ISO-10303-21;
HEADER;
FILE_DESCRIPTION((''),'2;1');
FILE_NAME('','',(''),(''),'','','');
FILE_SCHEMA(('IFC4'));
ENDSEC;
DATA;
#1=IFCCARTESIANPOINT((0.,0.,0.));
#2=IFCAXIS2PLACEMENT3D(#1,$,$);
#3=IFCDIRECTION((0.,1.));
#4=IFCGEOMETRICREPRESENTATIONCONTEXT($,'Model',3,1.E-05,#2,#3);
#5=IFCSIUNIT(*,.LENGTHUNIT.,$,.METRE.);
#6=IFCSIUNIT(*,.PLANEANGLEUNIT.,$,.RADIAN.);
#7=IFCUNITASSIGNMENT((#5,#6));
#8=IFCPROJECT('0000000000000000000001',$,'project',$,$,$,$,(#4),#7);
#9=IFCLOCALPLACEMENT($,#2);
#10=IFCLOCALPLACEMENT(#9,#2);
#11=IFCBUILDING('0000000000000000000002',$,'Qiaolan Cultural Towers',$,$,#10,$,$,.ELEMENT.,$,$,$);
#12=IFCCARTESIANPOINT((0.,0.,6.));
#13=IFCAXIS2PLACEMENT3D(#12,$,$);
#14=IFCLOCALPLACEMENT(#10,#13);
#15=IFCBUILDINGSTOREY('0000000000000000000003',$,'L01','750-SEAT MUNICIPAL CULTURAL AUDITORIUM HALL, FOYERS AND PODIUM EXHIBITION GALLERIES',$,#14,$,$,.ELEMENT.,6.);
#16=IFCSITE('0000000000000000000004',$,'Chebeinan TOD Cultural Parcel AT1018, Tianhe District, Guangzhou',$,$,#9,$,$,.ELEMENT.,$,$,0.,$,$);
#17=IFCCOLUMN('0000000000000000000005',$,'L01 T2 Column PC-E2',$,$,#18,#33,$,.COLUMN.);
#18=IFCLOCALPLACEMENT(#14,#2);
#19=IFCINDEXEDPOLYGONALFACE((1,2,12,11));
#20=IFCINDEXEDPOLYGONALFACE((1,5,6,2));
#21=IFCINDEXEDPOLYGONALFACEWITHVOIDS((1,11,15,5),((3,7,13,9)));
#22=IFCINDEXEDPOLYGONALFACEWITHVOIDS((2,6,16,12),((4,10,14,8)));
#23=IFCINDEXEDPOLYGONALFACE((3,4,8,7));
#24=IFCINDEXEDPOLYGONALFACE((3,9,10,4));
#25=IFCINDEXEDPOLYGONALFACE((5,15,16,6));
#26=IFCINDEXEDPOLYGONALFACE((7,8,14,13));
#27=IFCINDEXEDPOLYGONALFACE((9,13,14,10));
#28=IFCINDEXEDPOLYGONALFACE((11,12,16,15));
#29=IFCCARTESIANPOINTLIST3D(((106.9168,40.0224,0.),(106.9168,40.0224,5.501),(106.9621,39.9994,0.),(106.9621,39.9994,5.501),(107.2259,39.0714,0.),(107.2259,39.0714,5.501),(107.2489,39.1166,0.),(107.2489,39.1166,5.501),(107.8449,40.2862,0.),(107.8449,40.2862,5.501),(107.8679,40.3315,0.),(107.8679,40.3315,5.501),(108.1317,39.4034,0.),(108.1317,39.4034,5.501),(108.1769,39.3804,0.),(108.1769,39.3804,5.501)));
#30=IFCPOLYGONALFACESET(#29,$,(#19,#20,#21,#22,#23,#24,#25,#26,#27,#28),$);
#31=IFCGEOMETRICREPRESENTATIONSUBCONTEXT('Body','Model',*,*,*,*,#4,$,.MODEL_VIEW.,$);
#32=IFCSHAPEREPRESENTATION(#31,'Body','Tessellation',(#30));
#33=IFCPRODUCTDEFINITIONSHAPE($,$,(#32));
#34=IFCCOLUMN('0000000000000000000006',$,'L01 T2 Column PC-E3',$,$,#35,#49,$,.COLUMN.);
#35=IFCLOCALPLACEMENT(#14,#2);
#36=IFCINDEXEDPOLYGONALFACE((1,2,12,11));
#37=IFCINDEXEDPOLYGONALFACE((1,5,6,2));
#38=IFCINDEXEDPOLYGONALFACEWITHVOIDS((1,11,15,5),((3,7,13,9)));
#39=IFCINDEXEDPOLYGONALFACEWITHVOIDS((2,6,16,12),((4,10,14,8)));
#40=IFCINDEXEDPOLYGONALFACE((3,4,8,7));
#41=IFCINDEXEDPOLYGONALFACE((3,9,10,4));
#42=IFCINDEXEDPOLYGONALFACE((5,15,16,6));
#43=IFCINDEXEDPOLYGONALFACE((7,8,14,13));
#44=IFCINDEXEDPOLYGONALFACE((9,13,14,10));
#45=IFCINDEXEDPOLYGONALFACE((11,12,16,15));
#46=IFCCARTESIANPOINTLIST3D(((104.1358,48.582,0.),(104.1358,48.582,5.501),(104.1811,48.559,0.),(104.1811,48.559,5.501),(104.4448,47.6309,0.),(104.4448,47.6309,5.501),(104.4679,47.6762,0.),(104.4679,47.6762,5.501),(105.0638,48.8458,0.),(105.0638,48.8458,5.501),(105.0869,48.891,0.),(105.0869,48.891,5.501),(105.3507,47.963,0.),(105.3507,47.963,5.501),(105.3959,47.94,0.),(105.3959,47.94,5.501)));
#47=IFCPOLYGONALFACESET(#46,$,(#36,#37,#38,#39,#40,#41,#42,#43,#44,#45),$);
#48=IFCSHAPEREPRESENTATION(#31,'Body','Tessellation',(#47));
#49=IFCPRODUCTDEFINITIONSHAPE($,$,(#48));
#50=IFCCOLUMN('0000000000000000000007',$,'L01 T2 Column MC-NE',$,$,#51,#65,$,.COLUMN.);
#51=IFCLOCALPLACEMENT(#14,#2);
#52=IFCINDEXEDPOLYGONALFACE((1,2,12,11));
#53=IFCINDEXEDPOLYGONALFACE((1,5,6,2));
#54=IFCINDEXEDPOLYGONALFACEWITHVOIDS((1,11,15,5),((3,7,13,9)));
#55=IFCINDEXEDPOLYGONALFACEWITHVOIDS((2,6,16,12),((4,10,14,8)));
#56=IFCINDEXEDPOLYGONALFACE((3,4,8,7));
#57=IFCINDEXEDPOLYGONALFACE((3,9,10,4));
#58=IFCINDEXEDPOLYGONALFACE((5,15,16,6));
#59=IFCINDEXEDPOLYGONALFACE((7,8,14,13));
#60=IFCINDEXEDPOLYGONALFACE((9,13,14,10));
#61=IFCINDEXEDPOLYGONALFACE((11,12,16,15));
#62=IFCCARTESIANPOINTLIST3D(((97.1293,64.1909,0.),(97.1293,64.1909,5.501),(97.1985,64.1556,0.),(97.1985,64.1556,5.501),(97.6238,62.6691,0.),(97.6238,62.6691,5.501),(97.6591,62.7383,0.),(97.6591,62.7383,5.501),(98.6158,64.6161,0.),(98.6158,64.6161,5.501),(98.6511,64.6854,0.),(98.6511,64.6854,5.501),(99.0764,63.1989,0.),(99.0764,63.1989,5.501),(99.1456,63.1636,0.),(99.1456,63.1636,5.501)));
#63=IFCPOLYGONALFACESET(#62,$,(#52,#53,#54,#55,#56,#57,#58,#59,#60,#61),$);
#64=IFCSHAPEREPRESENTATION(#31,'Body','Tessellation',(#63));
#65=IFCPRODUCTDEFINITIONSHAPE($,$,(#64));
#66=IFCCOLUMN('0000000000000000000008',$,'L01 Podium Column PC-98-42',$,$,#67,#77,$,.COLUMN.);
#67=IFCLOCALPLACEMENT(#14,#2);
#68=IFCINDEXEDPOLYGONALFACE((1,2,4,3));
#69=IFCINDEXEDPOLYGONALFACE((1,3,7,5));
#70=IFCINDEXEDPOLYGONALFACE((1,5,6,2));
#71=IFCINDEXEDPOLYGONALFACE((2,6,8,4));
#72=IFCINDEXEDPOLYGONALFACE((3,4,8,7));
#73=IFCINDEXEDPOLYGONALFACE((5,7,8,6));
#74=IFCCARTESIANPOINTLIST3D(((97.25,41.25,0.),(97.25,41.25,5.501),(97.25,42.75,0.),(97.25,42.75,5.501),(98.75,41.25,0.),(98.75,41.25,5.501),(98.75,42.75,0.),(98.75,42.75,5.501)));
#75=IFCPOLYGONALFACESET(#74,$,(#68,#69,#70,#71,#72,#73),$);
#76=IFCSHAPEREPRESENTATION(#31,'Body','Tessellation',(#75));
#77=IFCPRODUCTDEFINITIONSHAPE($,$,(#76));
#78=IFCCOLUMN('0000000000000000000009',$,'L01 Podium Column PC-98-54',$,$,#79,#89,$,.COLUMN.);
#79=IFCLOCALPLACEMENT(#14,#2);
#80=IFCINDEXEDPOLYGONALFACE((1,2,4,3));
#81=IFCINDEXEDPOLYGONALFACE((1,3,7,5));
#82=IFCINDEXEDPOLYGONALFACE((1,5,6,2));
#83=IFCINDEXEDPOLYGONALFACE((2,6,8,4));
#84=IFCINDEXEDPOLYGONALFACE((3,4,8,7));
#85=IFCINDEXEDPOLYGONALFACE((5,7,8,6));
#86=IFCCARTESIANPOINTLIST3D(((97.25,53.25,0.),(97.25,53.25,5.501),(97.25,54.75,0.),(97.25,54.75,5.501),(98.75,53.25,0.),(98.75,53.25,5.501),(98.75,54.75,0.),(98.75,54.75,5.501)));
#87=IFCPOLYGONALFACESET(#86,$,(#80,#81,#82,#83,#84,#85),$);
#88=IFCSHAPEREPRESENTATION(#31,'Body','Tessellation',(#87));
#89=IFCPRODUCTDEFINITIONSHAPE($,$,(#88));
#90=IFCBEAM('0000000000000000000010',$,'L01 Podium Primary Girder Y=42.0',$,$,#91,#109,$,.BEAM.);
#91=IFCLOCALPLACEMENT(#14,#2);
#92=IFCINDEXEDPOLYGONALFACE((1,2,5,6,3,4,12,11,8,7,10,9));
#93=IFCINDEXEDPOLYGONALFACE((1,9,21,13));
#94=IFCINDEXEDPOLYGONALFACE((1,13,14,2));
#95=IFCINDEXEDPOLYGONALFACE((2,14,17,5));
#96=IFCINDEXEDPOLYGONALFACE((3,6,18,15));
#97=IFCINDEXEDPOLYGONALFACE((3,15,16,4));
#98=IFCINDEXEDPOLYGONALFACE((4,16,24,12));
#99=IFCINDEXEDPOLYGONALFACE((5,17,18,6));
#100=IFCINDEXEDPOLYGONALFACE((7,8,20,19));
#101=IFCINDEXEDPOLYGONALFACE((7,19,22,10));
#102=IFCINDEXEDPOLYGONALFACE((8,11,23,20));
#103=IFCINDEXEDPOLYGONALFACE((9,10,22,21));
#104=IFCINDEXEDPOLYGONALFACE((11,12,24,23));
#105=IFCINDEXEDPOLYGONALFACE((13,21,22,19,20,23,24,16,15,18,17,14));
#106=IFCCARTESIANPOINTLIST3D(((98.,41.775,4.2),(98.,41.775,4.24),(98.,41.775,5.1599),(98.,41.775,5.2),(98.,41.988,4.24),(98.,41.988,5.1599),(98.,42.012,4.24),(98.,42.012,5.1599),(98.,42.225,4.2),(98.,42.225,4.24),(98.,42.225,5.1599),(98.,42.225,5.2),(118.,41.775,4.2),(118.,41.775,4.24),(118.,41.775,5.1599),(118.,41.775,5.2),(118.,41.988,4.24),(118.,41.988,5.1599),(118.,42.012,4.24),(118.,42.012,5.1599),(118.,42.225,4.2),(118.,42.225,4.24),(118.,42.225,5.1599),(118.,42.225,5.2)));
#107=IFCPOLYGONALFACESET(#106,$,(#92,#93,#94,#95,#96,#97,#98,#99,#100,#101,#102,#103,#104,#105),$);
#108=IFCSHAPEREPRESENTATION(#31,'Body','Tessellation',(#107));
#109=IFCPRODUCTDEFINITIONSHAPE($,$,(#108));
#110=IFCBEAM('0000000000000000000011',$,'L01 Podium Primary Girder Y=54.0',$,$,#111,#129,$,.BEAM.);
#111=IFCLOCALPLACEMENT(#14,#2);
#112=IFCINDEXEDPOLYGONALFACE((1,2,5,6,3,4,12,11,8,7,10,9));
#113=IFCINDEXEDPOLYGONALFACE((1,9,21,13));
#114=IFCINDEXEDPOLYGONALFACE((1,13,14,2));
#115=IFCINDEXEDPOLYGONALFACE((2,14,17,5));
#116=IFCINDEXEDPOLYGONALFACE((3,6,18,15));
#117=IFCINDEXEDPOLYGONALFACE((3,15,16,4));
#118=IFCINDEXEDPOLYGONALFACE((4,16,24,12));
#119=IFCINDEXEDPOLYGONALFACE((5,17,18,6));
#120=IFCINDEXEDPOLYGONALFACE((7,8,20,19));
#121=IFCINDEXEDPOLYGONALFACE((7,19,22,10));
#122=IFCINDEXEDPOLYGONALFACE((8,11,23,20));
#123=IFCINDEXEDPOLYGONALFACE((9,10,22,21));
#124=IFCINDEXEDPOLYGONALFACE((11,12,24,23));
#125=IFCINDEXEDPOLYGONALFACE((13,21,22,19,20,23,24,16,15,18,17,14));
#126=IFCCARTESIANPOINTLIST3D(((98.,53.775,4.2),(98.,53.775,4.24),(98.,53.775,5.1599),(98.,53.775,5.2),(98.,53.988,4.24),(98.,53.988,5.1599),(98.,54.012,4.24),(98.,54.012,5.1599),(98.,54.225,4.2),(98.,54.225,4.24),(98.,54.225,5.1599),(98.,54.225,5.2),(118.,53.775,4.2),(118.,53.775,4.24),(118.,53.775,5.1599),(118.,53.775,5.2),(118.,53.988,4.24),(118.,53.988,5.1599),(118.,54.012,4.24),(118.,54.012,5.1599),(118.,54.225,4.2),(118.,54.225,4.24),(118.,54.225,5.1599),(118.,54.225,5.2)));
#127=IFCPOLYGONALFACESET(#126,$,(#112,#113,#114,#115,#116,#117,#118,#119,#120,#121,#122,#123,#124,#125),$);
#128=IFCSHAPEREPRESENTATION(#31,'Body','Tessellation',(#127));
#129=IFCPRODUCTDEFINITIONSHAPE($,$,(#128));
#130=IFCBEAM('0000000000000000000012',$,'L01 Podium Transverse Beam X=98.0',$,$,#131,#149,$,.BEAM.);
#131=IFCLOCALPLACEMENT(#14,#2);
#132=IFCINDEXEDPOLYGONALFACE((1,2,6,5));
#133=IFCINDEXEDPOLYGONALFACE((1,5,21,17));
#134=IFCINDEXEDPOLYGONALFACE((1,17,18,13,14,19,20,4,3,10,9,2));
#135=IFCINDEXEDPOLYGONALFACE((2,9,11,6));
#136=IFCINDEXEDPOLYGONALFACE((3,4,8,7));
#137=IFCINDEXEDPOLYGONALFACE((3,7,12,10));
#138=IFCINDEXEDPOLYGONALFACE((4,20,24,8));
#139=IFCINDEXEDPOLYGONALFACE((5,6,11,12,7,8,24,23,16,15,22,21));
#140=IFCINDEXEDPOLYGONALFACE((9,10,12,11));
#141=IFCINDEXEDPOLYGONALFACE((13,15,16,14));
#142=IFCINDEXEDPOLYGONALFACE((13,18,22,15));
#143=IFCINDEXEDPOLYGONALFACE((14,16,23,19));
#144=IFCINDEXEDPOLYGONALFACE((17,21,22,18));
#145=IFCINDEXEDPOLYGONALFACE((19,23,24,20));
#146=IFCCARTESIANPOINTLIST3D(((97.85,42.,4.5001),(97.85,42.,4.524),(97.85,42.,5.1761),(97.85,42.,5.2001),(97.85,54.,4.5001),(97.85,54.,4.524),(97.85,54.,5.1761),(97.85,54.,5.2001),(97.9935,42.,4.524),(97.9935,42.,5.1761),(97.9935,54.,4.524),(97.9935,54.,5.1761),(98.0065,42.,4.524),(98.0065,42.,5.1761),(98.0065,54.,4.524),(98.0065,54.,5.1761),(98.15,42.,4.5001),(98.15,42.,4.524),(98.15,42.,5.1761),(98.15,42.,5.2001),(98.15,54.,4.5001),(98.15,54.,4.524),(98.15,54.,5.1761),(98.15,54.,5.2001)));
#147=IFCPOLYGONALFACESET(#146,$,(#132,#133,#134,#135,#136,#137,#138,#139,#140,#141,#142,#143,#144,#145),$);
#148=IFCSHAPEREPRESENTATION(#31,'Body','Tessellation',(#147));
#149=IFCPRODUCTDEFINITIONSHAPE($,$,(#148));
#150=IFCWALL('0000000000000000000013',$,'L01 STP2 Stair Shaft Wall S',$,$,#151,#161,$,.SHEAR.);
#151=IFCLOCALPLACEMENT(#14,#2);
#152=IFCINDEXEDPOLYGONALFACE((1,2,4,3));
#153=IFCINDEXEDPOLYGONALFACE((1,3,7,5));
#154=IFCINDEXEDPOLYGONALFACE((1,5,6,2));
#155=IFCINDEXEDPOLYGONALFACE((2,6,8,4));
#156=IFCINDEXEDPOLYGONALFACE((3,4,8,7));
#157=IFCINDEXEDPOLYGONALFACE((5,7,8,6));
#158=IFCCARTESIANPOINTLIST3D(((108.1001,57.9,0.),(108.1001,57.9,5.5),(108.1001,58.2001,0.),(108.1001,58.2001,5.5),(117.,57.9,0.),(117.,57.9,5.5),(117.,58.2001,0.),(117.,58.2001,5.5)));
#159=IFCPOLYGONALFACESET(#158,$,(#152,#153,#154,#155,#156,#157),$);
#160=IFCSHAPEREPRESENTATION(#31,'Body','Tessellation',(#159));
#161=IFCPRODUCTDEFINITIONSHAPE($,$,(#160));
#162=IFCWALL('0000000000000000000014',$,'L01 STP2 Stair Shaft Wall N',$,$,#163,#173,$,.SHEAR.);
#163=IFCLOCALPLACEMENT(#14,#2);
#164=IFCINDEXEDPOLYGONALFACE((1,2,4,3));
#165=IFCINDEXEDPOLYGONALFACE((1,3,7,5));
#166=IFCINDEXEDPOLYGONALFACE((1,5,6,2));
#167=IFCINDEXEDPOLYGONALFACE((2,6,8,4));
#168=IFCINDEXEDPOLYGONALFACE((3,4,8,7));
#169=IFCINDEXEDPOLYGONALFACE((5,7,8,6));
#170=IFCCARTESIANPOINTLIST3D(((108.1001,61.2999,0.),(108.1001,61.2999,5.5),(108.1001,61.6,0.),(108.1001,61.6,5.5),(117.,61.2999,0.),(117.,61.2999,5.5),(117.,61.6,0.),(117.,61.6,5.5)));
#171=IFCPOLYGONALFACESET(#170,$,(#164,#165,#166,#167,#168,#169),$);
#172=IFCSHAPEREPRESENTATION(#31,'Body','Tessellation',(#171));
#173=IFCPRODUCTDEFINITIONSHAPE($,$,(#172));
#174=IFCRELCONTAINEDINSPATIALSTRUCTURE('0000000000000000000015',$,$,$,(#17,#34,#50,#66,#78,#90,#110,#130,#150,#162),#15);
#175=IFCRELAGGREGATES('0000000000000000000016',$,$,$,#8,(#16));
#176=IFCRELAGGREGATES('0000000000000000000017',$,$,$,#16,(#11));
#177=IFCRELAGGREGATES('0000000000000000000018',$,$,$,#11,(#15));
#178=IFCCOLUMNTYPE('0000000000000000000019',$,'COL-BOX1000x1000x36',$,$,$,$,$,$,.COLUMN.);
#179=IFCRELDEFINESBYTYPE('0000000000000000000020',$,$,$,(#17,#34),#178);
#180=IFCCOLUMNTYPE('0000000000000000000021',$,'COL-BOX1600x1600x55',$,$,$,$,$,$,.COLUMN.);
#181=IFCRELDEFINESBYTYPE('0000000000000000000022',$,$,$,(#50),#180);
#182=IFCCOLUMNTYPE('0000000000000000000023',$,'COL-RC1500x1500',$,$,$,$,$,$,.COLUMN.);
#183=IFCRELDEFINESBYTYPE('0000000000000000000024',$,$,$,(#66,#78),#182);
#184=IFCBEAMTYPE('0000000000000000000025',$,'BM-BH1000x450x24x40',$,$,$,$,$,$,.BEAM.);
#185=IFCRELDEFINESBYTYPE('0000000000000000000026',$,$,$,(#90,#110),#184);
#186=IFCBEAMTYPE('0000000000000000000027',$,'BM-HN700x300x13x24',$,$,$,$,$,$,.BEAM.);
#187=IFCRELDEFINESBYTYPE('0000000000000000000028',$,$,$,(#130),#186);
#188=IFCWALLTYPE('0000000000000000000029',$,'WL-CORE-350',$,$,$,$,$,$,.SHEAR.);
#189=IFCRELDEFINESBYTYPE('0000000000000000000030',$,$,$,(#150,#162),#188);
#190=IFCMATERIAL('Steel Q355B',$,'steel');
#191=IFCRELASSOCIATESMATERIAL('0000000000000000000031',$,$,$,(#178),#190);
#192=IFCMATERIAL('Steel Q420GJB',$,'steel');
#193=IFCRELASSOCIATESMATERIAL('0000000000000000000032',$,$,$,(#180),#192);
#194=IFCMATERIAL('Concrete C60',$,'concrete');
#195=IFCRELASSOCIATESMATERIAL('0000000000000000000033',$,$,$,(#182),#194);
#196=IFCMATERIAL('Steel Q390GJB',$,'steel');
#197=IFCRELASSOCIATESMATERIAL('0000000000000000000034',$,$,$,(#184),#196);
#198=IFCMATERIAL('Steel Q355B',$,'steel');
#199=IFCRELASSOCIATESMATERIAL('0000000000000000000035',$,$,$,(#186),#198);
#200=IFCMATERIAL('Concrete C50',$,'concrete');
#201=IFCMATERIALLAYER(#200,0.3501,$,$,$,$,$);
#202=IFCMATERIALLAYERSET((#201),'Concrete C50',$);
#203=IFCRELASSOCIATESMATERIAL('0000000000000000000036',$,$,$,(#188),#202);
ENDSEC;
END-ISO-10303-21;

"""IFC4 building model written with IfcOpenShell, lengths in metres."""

from ifc_helpers import new_model, si_unit, direction, frame, frame_2d, origin, origin_2d, place, context, subcontext, project, spatial, rectangle, hollow_rectangle, i_section, extrude, material, layer, layer_set, material_profile, profile_set, type_object, element, save


model = new_model("IFC4")

# Units and contexts
model_context = context("Model", 3, precision=1e-05, world=origin(), true_north=direction((0.0, 1.0)))
body_context = subcontext(model_context, "Body", "Model", "MODEL_VIEW")
ifc_project = project(units=[si_unit("LENGTHUNIT", "METRE"), si_unit("PLANEANGLEUNIT", "RADIAN")], contexts=[model_context])

# Site, building, storey
site_placement = place(None, origin())
site = spatial("IfcSite", under=ifc_project, at=site_placement, Name="Chebeinan TOD Cultural Parcel AT1018, Tianhe District, Guangzhou", CompositionType="ELEMENT", RefElevation=0.0)
building_placement = place(site_placement, origin())
building = spatial("IfcBuilding", under=site, at=building_placement, Name="Qiaolan Cultural Towers", CompositionType="ELEMENT")
storey_placement = place(building_placement, frame((0.0, 0.0, 6.0)))
storey = spatial("IfcBuildingStorey", under=building, at=storey_placement, Name="L01", Description="750-SEAT MUNICIPAL CULTURAL AUDITORIUM HALL, FOYERS AND PODIUM EXHIBITION GALLERIES", CompositionType="ELEMENT", Elevation=6.0)

# Columns
ifc_material_1 = material(Name="Steel Q355B", Category="steel")
ifc_material_profile_1 = material_profile(ifc_material_1, hollow_rectangle(XDim=1.0, YDim=1.0, WallThickness=0.0359, at=origin_2d()), Name="BOX1000x1000x36")
ifc_profile_set_1 = profile_set([ifc_material_profile_1], Name="Steel Q355B")
column_type_1 = type_object("IfcColumnType", Name="COL-BOX1000x1000x36", PredefinedType="COLUMN", material=ifc_profile_set_1)
for number, where, z_axis, x_axis, name in (
    (1, (107.5469, 39.7014, 0.0), (0.0, 0.0, 1.0), (0.951057, 0.309017, 0.0), "L01 T2 Column PC-E2"),
    (2, (104.7659, 48.261, 0.0), (0.0, 0.0, 1.0), (0.951057, 0.309017, 0.0), "L01 T2 Column PC-E3"),
):
    element("IfcColumn", number, at=place(storey_placement, frame(where, z_axis=z_axis, x_axis=x_axis)), inside=storey, type_object=column_type_1, Name=name, PredefinedType="COLUMN", context=body_context, shape_type="SweptSolid", body=[
        extrude(hollow_rectangle(XDim=1.0, YDim=1.0, WallThickness=0.0359, at=origin_2d()), origin(), (0.0, 0.0, 1.0), 5.501),
    ])
ifc_material_2 = material(Name="Steel Q420GJB", Category="steel")
ifc_material_profile_2 = material_profile(ifc_material_2, hollow_rectangle(XDim=1.6001, YDim=1.6001, WallThickness=0.0549, at=origin_2d()), Name="BOX1600x1600x55")
ifc_profile_set_2 = profile_set([ifc_material_profile_2], Name="Steel Q420GJB")
column_type_2 = type_object("IfcColumnType", Name="COL-BOX1600x1600x55", PredefinedType="COLUMN", material=ifc_profile_set_2)
column_placement = place(storey_placement, frame((98.1375, 63.6772, 0.0), z_axis=(0.0, 0.0, 1.0), x_axis=(0.951057, 0.309017, 0.0)))
element("IfcColumn", 3, at=column_placement, inside=storey, type_object=column_type_2, Name="L01 T2 Column MC-NE", PredefinedType="COLUMN", context=body_context, shape_type="SweptSolid", body=[
    extrude(hollow_rectangle(XDim=1.6001, YDim=1.6001, WallThickness=0.0549, at=origin_2d()), origin(), (0.0, 0.0, 1.0), 5.501),
])
ifc_material_3 = material(Name="Concrete C60", Category="concrete")
ifc_material_profile_3 = material_profile(ifc_material_3, rectangle(XDim=1.5, YDim=1.5, at=origin_2d()), Name="RC1500x1500")
ifc_profile_set_3 = profile_set([ifc_material_profile_3], Name="Concrete C60")
column_type_3 = type_object("IfcColumnType", Name="COL-RC1500x1500", PredefinedType="COLUMN", material=ifc_profile_set_3)
for number, where, z_axis, x_axis, name in (
    (4, (98.0, 42.0, 0.0), (0.0, 0.0, 1.0), (1.0, 0.0, 0.0), "L01 Podium Column PC-98-42"),
    (5, (98.0, 54.0, 0.0), (0.0, 0.0, 1.0), (1.0, 0.0, 0.0), "L01 Podium Column PC-98-54"),
):
    element("IfcColumn", number, at=place(storey_placement, frame(where, z_axis=z_axis, x_axis=x_axis)), inside=storey, type_object=column_type_3, Name=name, PredefinedType="COLUMN", context=body_context, shape_type="SweptSolid", body=[
        extrude(rectangle(XDim=1.5, YDim=1.5, at=origin_2d()), origin(), (0.0, 0.0, 1.0), 5.501),
    ])

# Beams
ifc_material_4 = material(Name="Steel Q390GJB", Category="steel")
ifc_material_profile_4 = material_profile(ifc_material_4, i_section(OverallWidth=0.45, OverallDepth=1.0, WebThickness=0.0239, FlangeThickness=0.04, at=origin_2d()), Name="BH1000x450x24x40")
ifc_profile_set_4 = profile_set([ifc_material_profile_4], Name="Steel Q390GJB")
beam_type_1 = type_object("IfcBeamType", Name="BM-BH1000x450x24x40", PredefinedType="BEAM", material=ifc_profile_set_4)
for number, where, z_axis, x_axis, name in (
    (6, (98.0, 42.0, 4.7), (1.0, 0.0, 0.0), (0.0, 1.0, 0.0), "L01 Podium Primary Girder Y=42.0"),
    (7, (98.0, 54.0, 4.7), (1.0, 0.0, 0.0), (0.0, 1.0, 0.0), "L01 Podium Primary Girder Y=54.0"),
):
    element("IfcBeam", number, at=place(storey_placement, frame(where, z_axis=z_axis, x_axis=x_axis)), inside=storey, type_object=beam_type_1, Name=name, PredefinedType="BEAM", context=body_context, shape_type="SweptSolid", body=[
        extrude(i_section(OverallWidth=0.45, OverallDepth=1.0, WebThickness=0.0239, FlangeThickness=0.04, at=origin_2d()), origin(), (0.0, 0.0, 1.0), 20.0),
    ])
ifc_material_5 = material(Name="Steel Q355B", Category="steel")
ifc_material_profile_5 = material_profile(ifc_material_5, i_section(OverallWidth=0.3, OverallDepth=0.7, WebThickness=0.0129, FlangeThickness=0.0239, at=origin_2d()), Name="HN700x300x13x24")
ifc_profile_set_5 = profile_set([ifc_material_profile_5], Name="Steel Q355B")
beam_type_2 = type_object("IfcBeamType", Name="BM-HN700x300x13x24", PredefinedType="BEAM", material=ifc_profile_set_5)
beam_placement = place(storey_placement, frame((98.0, 42.0, 4.8501), z_axis=(0.0, 1.0, 0.0), x_axis=(-1.0, 0.0, 0.0)))
element("IfcBeam", 8, at=beam_placement, inside=storey, type_object=beam_type_2, Name="L01 Podium Transverse Beam X=98.0", PredefinedType="BEAM", context=body_context, shape_type="SweptSolid", body=[
    extrude(i_section(OverallWidth=0.3, OverallDepth=0.7, WebThickness=0.0129, FlangeThickness=0.0239, at=origin_2d()), origin(), (0.0, 0.0, 1.0), 12.0),
])

# Walls
ifc_material_6 = material(Name="Concrete C50", Category="concrete")
ifc_layer_1 = layer(ifc_material_6, 0.3501)
ifc_layer_set_1 = layer_set([ifc_layer_1], Name="Concrete C50")
wall_type_1 = type_object("IfcWallType", Name="WL-CORE-350", PredefinedType="SHEAR", material=ifc_layer_set_1)
for number, where, z_axis, x_axis, name in (
    (9, (108.1001, 58.05, 0.0), (0.0, 0.0, 1.0), (1.0, 0.0, 0.0), "L01 STP2 Stair Shaft Wall S"),
    (10, (108.1001, 61.45, 0.0), (0.0, 0.0, 1.0), (1.0, 0.0, 0.0), "L01 STP2 Stair Shaft Wall N"),
):
    element("IfcWall", number, at=place(storey_placement, frame(where, z_axis=z_axis, x_axis=x_axis)), inside=storey, type_object=wall_type_1, Name=name, PredefinedType="SHEAR", context=body_context, shape_type="SweptSolid", body=[
        extrude(rectangle(XDim=8.8999, YDim=0.3, at=frame_2d((4.45, 0.0))), origin(), (0.0, 0.0, 1.0), 5.5),
    ])

save(model, "model.ifc")
